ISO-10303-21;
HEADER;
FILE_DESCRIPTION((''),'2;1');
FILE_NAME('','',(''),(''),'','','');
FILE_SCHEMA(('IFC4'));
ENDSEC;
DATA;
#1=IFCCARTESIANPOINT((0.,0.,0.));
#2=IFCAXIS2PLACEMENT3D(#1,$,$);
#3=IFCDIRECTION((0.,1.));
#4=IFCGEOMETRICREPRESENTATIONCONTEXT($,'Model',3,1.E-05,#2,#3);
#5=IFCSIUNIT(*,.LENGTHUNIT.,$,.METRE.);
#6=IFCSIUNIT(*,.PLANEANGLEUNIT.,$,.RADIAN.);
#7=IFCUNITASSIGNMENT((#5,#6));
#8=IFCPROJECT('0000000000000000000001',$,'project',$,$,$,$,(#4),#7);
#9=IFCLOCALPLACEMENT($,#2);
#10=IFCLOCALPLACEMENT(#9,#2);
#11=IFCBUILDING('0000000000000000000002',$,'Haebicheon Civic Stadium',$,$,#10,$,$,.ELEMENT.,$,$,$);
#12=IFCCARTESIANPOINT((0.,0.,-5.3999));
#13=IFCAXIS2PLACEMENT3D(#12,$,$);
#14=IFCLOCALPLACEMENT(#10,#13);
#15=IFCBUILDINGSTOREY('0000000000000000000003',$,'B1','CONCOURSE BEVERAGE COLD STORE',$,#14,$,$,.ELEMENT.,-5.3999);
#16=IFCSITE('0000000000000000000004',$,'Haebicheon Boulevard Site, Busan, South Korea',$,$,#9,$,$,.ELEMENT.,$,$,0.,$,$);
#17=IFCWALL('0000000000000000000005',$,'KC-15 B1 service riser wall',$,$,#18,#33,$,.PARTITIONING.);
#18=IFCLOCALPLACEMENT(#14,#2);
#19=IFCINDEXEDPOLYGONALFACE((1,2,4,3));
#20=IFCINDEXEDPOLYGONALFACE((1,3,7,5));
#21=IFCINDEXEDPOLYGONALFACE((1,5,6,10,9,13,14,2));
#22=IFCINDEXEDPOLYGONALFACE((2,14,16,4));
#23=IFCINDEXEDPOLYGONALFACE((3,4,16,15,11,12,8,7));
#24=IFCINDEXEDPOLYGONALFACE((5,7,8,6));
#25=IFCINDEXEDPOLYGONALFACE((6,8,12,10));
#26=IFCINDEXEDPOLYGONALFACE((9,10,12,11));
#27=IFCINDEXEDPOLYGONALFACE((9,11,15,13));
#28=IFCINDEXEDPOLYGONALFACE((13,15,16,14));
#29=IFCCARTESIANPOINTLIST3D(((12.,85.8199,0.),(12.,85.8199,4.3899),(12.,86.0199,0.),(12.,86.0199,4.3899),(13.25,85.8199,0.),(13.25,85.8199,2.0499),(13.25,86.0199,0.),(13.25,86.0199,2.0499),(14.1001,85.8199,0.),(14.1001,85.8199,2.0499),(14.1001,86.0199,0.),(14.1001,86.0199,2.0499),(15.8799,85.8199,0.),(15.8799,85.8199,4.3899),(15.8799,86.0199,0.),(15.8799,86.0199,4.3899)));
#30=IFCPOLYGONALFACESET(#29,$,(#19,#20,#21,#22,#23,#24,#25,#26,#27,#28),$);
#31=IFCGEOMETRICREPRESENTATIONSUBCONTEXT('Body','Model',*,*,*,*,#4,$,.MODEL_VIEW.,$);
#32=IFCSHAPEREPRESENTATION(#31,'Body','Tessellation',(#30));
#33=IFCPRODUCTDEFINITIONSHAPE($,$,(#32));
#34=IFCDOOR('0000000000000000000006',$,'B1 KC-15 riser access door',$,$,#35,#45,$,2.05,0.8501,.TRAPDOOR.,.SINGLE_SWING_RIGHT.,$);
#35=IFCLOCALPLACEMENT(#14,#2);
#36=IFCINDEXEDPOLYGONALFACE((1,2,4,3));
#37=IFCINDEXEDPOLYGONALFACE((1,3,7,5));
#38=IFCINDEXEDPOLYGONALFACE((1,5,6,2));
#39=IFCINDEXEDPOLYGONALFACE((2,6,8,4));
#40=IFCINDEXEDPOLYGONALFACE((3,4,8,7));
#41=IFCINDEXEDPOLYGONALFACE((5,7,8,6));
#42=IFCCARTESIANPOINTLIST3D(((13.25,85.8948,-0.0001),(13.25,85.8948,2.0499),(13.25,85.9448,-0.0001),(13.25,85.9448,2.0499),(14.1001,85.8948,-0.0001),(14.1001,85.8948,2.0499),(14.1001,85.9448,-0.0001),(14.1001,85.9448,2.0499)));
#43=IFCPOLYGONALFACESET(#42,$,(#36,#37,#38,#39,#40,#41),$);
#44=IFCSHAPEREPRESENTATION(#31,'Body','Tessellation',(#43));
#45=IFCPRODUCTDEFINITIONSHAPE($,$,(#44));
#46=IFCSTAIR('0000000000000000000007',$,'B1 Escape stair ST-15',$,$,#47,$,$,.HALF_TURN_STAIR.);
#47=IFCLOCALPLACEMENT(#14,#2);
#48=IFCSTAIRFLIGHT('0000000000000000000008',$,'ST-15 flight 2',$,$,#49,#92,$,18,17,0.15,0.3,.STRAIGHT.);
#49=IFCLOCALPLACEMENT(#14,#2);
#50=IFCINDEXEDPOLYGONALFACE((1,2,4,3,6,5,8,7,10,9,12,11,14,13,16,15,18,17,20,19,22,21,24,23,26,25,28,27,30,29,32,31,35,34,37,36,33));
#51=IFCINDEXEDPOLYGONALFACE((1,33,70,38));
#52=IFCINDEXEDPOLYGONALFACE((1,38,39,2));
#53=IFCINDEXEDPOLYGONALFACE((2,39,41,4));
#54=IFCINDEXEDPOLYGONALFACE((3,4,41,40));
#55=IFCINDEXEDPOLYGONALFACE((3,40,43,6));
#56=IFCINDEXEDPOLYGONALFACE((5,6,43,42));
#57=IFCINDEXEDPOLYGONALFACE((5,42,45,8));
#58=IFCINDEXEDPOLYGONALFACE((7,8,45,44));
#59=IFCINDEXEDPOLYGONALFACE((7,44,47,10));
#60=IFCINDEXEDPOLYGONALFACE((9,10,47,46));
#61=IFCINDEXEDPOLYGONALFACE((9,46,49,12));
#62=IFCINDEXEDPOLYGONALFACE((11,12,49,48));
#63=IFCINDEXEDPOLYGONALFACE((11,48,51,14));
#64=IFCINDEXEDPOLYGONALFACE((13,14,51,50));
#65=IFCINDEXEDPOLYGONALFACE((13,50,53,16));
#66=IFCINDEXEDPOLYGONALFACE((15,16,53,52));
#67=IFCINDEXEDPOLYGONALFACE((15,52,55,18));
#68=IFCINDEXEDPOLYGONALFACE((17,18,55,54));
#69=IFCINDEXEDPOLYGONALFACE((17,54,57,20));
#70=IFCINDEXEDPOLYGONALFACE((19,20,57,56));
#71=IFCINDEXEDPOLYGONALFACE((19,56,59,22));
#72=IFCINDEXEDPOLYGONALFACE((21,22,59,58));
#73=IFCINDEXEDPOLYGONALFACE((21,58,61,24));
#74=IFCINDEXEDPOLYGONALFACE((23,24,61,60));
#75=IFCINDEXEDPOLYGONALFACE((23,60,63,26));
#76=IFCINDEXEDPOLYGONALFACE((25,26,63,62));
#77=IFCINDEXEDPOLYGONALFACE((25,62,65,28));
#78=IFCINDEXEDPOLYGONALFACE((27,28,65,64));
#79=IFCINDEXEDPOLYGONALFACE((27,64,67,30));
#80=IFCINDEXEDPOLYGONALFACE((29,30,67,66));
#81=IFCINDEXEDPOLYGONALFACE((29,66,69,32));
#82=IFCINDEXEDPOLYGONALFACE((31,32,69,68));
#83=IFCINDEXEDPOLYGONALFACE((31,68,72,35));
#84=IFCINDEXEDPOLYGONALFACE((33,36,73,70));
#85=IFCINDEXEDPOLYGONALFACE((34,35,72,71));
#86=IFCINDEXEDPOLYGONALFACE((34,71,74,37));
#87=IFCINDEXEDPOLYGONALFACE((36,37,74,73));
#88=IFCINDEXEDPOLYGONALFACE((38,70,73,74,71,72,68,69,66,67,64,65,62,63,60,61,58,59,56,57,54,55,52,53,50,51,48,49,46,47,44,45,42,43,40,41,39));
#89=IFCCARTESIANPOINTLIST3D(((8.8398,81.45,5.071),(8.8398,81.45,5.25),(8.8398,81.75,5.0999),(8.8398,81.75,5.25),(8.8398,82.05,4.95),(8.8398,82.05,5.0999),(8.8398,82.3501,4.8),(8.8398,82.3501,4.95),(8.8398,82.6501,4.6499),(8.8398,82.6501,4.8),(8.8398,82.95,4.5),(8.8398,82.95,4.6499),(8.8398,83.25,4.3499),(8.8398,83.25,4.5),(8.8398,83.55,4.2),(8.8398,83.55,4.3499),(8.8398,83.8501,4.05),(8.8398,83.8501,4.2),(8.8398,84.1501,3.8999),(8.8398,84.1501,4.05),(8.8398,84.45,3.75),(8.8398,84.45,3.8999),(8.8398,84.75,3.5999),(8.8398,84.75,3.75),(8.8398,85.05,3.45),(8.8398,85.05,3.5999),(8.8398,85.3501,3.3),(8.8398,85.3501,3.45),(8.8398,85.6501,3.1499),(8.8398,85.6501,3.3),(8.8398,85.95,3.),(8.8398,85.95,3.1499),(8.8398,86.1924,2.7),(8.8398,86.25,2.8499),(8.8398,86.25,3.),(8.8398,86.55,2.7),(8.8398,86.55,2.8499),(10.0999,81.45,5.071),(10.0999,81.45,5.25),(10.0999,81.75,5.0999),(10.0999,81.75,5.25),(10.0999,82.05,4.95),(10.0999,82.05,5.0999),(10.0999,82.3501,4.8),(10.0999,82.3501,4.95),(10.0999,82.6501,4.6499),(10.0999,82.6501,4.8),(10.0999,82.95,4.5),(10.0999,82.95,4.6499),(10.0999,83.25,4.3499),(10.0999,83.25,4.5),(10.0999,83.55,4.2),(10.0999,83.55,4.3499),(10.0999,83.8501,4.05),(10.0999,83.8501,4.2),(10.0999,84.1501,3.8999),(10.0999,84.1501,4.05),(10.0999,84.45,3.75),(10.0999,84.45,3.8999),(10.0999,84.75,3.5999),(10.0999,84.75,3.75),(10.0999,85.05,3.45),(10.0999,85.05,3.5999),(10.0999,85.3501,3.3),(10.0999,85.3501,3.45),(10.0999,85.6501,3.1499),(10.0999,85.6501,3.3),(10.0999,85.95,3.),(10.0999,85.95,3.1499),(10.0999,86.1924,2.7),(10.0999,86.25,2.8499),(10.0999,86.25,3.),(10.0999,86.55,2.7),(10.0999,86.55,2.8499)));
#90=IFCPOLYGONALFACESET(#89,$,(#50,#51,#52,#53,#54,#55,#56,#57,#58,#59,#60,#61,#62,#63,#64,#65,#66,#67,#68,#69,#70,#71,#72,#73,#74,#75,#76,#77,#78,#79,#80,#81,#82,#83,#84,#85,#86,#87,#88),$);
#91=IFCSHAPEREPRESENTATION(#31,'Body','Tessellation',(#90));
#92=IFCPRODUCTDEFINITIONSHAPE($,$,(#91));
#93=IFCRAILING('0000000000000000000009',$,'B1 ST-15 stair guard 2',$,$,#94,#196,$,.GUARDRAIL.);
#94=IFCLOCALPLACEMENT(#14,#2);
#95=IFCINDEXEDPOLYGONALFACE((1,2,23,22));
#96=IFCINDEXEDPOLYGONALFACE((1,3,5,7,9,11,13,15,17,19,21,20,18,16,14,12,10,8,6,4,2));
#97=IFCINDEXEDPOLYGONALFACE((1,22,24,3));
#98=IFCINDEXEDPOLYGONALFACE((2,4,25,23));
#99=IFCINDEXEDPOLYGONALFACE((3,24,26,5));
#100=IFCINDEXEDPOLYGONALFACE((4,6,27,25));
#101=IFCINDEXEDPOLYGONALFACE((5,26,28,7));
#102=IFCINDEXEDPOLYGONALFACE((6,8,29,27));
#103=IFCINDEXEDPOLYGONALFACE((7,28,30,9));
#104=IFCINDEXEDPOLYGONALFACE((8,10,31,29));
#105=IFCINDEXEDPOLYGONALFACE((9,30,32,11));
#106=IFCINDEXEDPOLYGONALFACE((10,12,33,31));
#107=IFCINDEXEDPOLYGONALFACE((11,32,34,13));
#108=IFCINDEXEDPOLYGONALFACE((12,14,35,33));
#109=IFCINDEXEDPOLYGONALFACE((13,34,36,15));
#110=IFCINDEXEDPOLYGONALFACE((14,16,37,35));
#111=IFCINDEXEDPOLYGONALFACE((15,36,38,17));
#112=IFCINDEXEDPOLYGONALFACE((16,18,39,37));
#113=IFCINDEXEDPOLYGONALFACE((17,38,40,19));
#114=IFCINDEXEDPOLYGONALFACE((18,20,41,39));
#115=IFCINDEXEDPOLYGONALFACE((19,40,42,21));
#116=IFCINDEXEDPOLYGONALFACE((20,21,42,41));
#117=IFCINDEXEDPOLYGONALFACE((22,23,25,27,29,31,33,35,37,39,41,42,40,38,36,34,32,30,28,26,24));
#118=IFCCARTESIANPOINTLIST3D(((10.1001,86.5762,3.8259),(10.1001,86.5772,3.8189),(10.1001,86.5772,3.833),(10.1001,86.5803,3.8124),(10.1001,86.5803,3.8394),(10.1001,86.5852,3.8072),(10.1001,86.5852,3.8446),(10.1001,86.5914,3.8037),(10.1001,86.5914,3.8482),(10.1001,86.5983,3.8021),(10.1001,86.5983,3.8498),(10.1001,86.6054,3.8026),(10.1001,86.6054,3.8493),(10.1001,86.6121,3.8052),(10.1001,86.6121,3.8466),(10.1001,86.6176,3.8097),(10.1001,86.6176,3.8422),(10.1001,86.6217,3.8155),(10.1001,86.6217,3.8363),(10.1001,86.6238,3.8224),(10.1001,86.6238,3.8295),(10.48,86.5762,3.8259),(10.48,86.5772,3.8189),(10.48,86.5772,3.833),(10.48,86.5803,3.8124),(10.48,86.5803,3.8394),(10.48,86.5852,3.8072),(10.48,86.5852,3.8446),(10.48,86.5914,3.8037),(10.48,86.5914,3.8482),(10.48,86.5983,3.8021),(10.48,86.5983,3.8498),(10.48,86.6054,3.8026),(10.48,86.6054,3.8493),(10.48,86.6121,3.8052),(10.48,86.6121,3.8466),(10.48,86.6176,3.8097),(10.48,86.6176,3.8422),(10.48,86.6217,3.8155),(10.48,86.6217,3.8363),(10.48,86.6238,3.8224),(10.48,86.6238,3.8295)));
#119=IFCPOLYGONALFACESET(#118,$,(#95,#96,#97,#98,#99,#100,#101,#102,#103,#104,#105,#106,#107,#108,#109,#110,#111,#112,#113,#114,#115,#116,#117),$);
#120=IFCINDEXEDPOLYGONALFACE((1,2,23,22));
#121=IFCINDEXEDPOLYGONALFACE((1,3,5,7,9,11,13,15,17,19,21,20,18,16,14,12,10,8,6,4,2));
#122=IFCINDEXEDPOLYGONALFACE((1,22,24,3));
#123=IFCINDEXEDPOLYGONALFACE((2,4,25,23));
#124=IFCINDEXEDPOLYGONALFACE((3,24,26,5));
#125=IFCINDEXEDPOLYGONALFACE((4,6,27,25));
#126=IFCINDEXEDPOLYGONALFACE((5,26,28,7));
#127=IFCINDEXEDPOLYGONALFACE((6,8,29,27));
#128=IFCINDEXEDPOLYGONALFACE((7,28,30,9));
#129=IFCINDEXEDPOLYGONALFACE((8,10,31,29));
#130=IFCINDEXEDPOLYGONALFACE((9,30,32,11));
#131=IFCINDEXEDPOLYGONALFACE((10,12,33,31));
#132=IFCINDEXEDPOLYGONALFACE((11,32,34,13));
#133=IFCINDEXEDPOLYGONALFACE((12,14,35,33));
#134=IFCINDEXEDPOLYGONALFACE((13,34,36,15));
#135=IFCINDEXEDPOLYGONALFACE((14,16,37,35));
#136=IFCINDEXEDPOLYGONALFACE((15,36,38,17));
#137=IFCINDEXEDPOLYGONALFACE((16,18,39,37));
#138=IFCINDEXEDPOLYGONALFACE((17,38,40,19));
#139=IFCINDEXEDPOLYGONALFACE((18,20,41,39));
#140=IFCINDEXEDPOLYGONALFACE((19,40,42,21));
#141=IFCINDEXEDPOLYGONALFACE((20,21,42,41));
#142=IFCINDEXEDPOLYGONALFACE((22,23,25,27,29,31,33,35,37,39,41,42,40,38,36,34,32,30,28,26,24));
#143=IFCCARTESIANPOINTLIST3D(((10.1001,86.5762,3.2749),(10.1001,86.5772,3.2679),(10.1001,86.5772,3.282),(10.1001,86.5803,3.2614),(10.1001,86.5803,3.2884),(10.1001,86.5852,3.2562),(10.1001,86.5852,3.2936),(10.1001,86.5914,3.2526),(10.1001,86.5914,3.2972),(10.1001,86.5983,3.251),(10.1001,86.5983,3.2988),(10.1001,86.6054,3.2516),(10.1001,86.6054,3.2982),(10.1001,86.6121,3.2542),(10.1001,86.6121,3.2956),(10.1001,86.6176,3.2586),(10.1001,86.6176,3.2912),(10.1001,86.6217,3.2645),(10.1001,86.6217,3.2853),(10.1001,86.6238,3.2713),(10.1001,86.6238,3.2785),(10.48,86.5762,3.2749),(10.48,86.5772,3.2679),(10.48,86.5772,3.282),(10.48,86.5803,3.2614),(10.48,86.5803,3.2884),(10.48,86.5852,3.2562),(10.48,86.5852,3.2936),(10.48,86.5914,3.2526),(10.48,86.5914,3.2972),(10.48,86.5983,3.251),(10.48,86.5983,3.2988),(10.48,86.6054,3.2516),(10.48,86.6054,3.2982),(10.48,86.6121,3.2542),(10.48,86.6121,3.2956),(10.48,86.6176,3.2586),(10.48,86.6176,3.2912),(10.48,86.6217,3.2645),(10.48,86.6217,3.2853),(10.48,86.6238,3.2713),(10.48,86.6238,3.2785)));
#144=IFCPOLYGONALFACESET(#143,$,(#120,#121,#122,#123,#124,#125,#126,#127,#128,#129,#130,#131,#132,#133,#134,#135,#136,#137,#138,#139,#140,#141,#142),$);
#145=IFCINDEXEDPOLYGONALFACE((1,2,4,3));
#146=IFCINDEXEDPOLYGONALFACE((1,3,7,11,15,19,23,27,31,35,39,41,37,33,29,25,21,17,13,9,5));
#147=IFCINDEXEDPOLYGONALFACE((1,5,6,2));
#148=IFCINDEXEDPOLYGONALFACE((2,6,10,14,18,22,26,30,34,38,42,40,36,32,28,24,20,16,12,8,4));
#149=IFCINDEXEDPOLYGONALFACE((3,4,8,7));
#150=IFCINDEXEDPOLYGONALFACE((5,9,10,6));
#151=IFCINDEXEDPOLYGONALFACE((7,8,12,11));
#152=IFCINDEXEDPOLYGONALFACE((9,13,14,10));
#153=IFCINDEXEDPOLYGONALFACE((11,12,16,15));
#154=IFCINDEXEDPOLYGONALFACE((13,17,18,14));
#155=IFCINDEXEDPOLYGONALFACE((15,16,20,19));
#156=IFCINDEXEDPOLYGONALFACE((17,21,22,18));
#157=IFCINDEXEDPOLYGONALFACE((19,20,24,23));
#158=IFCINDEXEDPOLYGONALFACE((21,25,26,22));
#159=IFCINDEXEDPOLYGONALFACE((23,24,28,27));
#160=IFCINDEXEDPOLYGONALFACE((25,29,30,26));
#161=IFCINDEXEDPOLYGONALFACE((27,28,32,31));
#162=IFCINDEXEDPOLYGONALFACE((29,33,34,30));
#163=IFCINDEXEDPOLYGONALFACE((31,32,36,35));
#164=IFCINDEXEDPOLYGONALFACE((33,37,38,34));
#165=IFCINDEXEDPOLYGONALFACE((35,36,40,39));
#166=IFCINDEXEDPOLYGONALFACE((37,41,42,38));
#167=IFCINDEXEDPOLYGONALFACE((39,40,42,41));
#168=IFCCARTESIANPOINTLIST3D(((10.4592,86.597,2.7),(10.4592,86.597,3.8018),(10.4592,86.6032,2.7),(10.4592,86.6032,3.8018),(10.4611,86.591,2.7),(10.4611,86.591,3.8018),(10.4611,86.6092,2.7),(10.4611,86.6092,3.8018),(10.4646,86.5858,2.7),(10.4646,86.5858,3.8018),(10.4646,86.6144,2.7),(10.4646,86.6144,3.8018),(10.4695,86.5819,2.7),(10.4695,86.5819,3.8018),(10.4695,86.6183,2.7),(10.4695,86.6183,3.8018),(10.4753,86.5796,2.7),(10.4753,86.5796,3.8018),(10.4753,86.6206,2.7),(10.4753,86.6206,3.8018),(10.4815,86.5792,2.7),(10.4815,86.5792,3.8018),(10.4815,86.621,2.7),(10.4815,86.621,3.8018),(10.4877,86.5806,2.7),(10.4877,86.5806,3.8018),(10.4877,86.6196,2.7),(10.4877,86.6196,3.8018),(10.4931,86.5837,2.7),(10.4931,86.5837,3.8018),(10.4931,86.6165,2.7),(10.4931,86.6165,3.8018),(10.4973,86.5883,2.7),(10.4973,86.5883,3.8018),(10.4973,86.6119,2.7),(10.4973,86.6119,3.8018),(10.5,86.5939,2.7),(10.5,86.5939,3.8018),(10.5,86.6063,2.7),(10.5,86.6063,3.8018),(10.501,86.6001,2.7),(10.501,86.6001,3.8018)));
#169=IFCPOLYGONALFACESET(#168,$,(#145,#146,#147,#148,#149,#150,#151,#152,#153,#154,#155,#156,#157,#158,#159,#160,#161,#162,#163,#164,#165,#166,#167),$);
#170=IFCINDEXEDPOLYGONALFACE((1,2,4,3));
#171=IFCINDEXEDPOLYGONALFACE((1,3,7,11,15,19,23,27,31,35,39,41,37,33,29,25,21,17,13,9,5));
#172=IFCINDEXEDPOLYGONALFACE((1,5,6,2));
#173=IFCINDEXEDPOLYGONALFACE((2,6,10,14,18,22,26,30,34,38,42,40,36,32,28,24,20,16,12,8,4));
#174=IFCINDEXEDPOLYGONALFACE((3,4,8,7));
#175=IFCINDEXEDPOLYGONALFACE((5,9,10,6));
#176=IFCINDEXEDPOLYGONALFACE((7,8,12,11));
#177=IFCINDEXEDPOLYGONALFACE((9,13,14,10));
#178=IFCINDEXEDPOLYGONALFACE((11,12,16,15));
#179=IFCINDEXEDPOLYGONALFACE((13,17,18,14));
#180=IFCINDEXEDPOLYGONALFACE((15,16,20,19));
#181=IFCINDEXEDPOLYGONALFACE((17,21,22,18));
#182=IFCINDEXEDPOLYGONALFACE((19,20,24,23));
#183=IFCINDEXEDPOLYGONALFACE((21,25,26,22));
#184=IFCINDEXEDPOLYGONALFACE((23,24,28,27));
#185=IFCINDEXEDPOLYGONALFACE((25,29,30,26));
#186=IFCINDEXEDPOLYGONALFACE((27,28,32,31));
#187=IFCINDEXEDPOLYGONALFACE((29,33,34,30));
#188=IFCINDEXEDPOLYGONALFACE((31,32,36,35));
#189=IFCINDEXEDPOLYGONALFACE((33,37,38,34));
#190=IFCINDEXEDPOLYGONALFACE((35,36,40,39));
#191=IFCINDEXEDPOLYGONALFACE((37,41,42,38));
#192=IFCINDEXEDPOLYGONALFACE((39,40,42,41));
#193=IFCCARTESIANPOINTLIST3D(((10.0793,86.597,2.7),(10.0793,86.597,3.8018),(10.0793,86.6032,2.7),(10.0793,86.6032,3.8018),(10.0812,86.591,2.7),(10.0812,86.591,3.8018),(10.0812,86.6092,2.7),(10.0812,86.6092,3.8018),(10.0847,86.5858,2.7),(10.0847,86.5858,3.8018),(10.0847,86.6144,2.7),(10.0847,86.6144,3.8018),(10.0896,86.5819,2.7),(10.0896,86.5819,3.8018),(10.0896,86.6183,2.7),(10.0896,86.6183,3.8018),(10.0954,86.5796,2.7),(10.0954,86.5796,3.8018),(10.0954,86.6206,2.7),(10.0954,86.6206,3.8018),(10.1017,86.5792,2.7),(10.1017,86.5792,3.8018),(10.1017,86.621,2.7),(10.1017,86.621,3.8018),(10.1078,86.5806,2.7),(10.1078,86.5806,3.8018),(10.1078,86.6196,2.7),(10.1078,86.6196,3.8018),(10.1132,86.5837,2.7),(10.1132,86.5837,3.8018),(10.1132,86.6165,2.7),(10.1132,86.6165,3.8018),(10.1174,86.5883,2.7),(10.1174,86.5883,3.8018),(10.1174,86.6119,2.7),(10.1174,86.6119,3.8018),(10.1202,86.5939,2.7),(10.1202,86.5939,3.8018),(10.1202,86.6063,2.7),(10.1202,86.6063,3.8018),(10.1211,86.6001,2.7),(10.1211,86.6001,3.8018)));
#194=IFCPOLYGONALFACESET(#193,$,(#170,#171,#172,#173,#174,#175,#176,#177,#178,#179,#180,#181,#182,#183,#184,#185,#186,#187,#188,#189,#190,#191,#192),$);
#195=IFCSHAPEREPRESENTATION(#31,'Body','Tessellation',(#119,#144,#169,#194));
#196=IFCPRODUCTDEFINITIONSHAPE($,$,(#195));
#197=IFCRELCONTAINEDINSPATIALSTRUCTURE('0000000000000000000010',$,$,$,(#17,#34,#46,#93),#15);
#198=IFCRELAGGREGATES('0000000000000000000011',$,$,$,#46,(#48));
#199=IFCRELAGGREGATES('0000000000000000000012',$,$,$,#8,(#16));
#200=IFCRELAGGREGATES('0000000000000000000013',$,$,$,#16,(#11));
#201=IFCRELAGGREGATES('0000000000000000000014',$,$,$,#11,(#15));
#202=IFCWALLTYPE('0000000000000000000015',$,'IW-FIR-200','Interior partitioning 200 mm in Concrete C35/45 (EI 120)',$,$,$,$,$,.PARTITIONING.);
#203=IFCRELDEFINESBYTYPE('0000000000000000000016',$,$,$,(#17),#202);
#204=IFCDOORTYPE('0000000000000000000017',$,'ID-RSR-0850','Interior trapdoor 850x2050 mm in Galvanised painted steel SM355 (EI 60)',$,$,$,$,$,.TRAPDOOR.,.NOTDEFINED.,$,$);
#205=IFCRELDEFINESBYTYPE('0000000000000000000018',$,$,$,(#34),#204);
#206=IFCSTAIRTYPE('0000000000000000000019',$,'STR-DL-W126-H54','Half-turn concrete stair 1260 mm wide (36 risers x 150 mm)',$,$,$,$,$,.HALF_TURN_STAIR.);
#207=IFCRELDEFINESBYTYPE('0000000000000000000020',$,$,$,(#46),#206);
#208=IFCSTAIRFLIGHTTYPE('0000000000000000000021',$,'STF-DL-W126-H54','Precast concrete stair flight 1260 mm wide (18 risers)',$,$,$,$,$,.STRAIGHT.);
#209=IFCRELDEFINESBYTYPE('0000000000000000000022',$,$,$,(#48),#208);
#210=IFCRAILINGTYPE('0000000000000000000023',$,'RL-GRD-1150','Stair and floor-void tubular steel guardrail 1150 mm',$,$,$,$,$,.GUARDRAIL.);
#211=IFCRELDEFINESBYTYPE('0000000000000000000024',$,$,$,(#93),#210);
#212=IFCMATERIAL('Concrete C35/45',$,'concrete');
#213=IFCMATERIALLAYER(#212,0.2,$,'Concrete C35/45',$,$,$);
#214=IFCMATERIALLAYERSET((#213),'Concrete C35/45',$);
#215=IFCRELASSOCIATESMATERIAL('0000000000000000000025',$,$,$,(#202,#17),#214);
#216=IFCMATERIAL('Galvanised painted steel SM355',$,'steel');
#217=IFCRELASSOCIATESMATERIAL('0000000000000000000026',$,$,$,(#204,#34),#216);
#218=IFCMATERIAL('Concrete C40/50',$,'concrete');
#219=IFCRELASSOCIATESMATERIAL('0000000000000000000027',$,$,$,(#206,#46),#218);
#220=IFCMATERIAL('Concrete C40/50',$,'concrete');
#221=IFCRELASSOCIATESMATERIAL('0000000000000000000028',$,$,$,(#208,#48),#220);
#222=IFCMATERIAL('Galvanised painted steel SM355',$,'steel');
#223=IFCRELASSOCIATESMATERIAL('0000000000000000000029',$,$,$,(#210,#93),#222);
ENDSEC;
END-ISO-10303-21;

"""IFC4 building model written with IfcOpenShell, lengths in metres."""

from ifc_helpers import new_model, si_unit, direction, frame, frame_2d, origin, origin_2d, place, context, subcontext, project, spatial, polyline, rectangle, circle, outline, extrude, material, layer, layer_set, type_object, element, fill, aggregate, save


model = new_model("IFC4")

# Units and contexts
model_context = context("Model", 3, precision=1e-05, world=origin(), true_north=direction((0.0, 1.0)))
body_context = subcontext(model_context, "Body", "Model", "MODEL_VIEW")
ifc_project = project(units=[si_unit("LENGTHUNIT", "METRE"), si_unit("PLANEANGLEUNIT", "RADIAN")], contexts=[model_context])

# Site, building, storey
site_placement = place(None, origin())
site = spatial("IfcSite", under=ifc_project, at=site_placement, Name="Haebicheon Boulevard Site, Busan, South Korea", CompositionType="ELEMENT", RefElevation=0.0)
building_placement = place(site_placement, origin())
building = spatial("IfcBuilding", under=site, at=building_placement, Name="Haebicheon Civic Stadium", CompositionType="ELEMENT")
storey_placement = place(building_placement, frame((0.0, 0.0, -5.3999)))
storey = spatial("IfcBuildingStorey", under=building, at=storey_placement, Name="B1", Description="CONCOURSE BEVERAGE COLD STORE", CompositionType="ELEMENT", Elevation=-5.3999)

# Wall, opening, door
ifc_material_1 = material(Name="Concrete C35/45", Category="concrete")
ifc_layer_1 = layer(ifc_material_1, 0.2, Name="Concrete C35/45")
ifc_layer_set_1 = layer_set([ifc_layer_1], Name="Concrete C35/45")
wall_type = type_object("IfcWallType", Name="IW-FIR-200", Description="Interior partitioning 200 mm in Concrete C35/45 (EI 120)", PredefinedType="PARTITIONING", material=ifc_layer_set_1)
wall_placement = place(storey_placement, frame((12.0, 85.9199, 0.0), z_axis=(0.0, 0.0, 1.0), x_axis=(1.0, 0.0, 0.0)))
wall = element("IfcWall", 1, at=wall_placement, inside=storey, type_object=wall_type, material=ifc_layer_set_1, Name="KC-15 B1 service riser wall", PredefinedType="PARTITIONING", context=body_context, shape_type="SweptSolid", body=[
    extrude(rectangle(XDim=3.8799, YDim=0.2, at=frame_2d((1.9399, 0.0))), origin(), (0.0, 0.0, 1.0), 4.3899),
])
opening_placement = place(wall_placement, frame((1.25, 0.0, 0.0)))
opening = element("IfcOpeningElement", 2, at=opening_placement, cuts=wall, PredefinedType="OPENING", context=body_context, shape_type="SweptSolid", body=[
    extrude(rectangle(XDim=0.8501, YDim=2.05, at=frame_2d((0.425, 1.0249))), frame((0.0, 0.1099, 0.0), z_axis=(0.0, -1.0, 0.0), x_axis=(1.0, 0.0, 0.0)), (0.0, 0.0, 1.0), 0.22),
])
ifc_material_2 = material(Name="Galvanised painted steel SM355", Category="steel")
door_type = type_object("IfcDoorType", Name="ID-RSR-0850", Description="Interior trapdoor 850x2050 mm in Galvanised painted steel SM355 (EI 60)", OperationType="NOTDEFINED", PredefinedType="TRAPDOOR", material=ifc_material_2)
door_placement = place(opening_placement, origin())
door = element("IfcDoor", 3, at=door_placement, inside=storey, type_object=door_type, material=ifc_material_2, Name="B1 KC-15 riser access door", OperationType="SINGLE_SWING_RIGHT", OverallHeight=2.05, OverallWidth=0.8501, PredefinedType="TRAPDOOR", context=body_context, shape_type="SweptSolid", body=[
    extrude(rectangle(XDim=0.8501, YDim=2.05, at=frame_2d((0.425, 1.0249))), frame((0.0, 0.0249, 0.0), z_axis=(0.0, -1.0, 0.0), x_axis=(1.0, 0.0, 0.0)), (0.0, 0.0, 1.0), 0.05),
])
fill(opening, door)

# Stair, stair flight
ifc_material_3 = material(Name="Concrete C40/50", Category="concrete")
stair_type = type_object("IfcStairType", Name="STR-DL-W126-H54", Description="Half-turn concrete stair 1260 mm wide (36 risers x 150 mm)", PredefinedType="HALF_TURN_STAIR", material=ifc_material_3)
stair_placement = place(storey_placement, origin())
stair = element("IfcStair", 4, at=stair_placement, inside=storey, type_object=stair_type, material=ifc_material_3, Name="B1 Escape stair ST-15", PredefinedType="HALF_TURN_STAIR")
ifc_material_4 = material(Name="Concrete C40/50", Category="concrete")
stair_flight_type = type_object("IfcStairFlightType", Name="STF-DL-W126-H54", Description="Precast concrete stair flight 1260 mm wide (18 risers)", PredefinedType="STRAIGHT", material=ifc_material_4)
stair_flight_placement = place(storey_placement, frame((9.47, 86.55, 2.7), z_axis=(0.0, 0.0, 1.0), x_axis=(0.0, -1.0, 0.0)))
stair_flight = element("IfcStairFlight", 5, at=stair_flight_placement, type_object=stair_flight_type, material=ifc_material_4, Name="ST-15 flight 2", NumberOfRisers=18, NumberOfTreads=17, PredefinedType="STRAIGHT", RiserHeight=0.15, TreadLength=0.3, context=body_context, shape_type="SweptSolid", body=[
    extrude(outline(polyline([(0.0, 0.0), (0.0, 0.1499), (0.3, 0.1499), (0.3, 0.3), (0.6001, 0.3), (0.6001, 0.45), (0.8999, 0.45), (0.8999, 0.6001), (1.2, 0.6001), (1.2, 0.75), (1.5, 0.75), (1.5, 0.8999), (1.8, 0.8999), (1.8, 1.05), (2.1001, 1.05), (2.1001, 1.2), (2.3999, 1.2), (2.3999, 1.3501), (2.7, 1.3501), (2.7, 1.5), (3.0, 1.5), (3.0, 1.6499), (3.3, 1.6499), (3.3, 1.8), (3.6001, 1.8), (3.6001, 1.95), (3.8999, 1.95), (3.8999, 2.1001), (4.2, 2.1001), (4.2, 2.25), (4.5, 2.25), (4.5, 2.3999), (4.8, 2.3999), (4.8, 2.55), (5.1001, 2.55), (5.1001, 2.7), (5.1001, 2.3711), (0.3577, 0.0), (0.0, 0.0)])), frame((0.0, 0.6299, 0.0), z_axis=(0.0, -1.0, 0.0), x_axis=(1.0, 0.0, 0.0)), (0.0, 0.0, 1.0), 1.26),
])
aggregate(stair, [stair_flight])

# Railing
ifc_material_5 = material(Name="Galvanised painted steel SM355", Category="steel")
railing_type = type_object("IfcRailingType", Name="RL-GRD-1150", Description="Stair and floor-void tubular steel guardrail 1150 mm", PredefinedType="GUARDRAIL", material=ifc_material_5)
railing_1_placement = place(storey_placement, frame((10.48, 86.6001, 2.7)))
element("IfcRailing", 6, at=railing_1_placement, inside=storey, type_object=railing_type, material=ifc_material_5, Name="B1 ST-15 stair guard 2", PredefinedType="GUARDRAIL", context=body_context, shape_type="SweptSolid", body=[
    extrude(circle(Radius=0.0239, at=origin_2d()), frame((0.0, 0.0, 1.126), z_axis=(-1.0, 0.0, 0.0), x_axis=(0.0, -1.0, 0.0)), (0.0, 0.0, 1.0), 0.3799),
    extrude(circle(Radius=0.0239, at=origin_2d()), frame((0.0, 0.0, 0.575), z_axis=(-1.0, 0.0, 0.0), x_axis=(0.0, -1.0, 0.0)), (0.0, 0.0, 1.0), 0.3799),
    extrude(circle(Radius=0.021, at=origin_2d()), origin(), (0.0, 0.0, 1.0), 1.1018),
    extrude(circle(Radius=0.021, at=origin_2d()), frame((-0.3799, 0.0, 0.0)), (0.0, 0.0, 1.0), 1.1018),
])

save(model, "model.ifc")
